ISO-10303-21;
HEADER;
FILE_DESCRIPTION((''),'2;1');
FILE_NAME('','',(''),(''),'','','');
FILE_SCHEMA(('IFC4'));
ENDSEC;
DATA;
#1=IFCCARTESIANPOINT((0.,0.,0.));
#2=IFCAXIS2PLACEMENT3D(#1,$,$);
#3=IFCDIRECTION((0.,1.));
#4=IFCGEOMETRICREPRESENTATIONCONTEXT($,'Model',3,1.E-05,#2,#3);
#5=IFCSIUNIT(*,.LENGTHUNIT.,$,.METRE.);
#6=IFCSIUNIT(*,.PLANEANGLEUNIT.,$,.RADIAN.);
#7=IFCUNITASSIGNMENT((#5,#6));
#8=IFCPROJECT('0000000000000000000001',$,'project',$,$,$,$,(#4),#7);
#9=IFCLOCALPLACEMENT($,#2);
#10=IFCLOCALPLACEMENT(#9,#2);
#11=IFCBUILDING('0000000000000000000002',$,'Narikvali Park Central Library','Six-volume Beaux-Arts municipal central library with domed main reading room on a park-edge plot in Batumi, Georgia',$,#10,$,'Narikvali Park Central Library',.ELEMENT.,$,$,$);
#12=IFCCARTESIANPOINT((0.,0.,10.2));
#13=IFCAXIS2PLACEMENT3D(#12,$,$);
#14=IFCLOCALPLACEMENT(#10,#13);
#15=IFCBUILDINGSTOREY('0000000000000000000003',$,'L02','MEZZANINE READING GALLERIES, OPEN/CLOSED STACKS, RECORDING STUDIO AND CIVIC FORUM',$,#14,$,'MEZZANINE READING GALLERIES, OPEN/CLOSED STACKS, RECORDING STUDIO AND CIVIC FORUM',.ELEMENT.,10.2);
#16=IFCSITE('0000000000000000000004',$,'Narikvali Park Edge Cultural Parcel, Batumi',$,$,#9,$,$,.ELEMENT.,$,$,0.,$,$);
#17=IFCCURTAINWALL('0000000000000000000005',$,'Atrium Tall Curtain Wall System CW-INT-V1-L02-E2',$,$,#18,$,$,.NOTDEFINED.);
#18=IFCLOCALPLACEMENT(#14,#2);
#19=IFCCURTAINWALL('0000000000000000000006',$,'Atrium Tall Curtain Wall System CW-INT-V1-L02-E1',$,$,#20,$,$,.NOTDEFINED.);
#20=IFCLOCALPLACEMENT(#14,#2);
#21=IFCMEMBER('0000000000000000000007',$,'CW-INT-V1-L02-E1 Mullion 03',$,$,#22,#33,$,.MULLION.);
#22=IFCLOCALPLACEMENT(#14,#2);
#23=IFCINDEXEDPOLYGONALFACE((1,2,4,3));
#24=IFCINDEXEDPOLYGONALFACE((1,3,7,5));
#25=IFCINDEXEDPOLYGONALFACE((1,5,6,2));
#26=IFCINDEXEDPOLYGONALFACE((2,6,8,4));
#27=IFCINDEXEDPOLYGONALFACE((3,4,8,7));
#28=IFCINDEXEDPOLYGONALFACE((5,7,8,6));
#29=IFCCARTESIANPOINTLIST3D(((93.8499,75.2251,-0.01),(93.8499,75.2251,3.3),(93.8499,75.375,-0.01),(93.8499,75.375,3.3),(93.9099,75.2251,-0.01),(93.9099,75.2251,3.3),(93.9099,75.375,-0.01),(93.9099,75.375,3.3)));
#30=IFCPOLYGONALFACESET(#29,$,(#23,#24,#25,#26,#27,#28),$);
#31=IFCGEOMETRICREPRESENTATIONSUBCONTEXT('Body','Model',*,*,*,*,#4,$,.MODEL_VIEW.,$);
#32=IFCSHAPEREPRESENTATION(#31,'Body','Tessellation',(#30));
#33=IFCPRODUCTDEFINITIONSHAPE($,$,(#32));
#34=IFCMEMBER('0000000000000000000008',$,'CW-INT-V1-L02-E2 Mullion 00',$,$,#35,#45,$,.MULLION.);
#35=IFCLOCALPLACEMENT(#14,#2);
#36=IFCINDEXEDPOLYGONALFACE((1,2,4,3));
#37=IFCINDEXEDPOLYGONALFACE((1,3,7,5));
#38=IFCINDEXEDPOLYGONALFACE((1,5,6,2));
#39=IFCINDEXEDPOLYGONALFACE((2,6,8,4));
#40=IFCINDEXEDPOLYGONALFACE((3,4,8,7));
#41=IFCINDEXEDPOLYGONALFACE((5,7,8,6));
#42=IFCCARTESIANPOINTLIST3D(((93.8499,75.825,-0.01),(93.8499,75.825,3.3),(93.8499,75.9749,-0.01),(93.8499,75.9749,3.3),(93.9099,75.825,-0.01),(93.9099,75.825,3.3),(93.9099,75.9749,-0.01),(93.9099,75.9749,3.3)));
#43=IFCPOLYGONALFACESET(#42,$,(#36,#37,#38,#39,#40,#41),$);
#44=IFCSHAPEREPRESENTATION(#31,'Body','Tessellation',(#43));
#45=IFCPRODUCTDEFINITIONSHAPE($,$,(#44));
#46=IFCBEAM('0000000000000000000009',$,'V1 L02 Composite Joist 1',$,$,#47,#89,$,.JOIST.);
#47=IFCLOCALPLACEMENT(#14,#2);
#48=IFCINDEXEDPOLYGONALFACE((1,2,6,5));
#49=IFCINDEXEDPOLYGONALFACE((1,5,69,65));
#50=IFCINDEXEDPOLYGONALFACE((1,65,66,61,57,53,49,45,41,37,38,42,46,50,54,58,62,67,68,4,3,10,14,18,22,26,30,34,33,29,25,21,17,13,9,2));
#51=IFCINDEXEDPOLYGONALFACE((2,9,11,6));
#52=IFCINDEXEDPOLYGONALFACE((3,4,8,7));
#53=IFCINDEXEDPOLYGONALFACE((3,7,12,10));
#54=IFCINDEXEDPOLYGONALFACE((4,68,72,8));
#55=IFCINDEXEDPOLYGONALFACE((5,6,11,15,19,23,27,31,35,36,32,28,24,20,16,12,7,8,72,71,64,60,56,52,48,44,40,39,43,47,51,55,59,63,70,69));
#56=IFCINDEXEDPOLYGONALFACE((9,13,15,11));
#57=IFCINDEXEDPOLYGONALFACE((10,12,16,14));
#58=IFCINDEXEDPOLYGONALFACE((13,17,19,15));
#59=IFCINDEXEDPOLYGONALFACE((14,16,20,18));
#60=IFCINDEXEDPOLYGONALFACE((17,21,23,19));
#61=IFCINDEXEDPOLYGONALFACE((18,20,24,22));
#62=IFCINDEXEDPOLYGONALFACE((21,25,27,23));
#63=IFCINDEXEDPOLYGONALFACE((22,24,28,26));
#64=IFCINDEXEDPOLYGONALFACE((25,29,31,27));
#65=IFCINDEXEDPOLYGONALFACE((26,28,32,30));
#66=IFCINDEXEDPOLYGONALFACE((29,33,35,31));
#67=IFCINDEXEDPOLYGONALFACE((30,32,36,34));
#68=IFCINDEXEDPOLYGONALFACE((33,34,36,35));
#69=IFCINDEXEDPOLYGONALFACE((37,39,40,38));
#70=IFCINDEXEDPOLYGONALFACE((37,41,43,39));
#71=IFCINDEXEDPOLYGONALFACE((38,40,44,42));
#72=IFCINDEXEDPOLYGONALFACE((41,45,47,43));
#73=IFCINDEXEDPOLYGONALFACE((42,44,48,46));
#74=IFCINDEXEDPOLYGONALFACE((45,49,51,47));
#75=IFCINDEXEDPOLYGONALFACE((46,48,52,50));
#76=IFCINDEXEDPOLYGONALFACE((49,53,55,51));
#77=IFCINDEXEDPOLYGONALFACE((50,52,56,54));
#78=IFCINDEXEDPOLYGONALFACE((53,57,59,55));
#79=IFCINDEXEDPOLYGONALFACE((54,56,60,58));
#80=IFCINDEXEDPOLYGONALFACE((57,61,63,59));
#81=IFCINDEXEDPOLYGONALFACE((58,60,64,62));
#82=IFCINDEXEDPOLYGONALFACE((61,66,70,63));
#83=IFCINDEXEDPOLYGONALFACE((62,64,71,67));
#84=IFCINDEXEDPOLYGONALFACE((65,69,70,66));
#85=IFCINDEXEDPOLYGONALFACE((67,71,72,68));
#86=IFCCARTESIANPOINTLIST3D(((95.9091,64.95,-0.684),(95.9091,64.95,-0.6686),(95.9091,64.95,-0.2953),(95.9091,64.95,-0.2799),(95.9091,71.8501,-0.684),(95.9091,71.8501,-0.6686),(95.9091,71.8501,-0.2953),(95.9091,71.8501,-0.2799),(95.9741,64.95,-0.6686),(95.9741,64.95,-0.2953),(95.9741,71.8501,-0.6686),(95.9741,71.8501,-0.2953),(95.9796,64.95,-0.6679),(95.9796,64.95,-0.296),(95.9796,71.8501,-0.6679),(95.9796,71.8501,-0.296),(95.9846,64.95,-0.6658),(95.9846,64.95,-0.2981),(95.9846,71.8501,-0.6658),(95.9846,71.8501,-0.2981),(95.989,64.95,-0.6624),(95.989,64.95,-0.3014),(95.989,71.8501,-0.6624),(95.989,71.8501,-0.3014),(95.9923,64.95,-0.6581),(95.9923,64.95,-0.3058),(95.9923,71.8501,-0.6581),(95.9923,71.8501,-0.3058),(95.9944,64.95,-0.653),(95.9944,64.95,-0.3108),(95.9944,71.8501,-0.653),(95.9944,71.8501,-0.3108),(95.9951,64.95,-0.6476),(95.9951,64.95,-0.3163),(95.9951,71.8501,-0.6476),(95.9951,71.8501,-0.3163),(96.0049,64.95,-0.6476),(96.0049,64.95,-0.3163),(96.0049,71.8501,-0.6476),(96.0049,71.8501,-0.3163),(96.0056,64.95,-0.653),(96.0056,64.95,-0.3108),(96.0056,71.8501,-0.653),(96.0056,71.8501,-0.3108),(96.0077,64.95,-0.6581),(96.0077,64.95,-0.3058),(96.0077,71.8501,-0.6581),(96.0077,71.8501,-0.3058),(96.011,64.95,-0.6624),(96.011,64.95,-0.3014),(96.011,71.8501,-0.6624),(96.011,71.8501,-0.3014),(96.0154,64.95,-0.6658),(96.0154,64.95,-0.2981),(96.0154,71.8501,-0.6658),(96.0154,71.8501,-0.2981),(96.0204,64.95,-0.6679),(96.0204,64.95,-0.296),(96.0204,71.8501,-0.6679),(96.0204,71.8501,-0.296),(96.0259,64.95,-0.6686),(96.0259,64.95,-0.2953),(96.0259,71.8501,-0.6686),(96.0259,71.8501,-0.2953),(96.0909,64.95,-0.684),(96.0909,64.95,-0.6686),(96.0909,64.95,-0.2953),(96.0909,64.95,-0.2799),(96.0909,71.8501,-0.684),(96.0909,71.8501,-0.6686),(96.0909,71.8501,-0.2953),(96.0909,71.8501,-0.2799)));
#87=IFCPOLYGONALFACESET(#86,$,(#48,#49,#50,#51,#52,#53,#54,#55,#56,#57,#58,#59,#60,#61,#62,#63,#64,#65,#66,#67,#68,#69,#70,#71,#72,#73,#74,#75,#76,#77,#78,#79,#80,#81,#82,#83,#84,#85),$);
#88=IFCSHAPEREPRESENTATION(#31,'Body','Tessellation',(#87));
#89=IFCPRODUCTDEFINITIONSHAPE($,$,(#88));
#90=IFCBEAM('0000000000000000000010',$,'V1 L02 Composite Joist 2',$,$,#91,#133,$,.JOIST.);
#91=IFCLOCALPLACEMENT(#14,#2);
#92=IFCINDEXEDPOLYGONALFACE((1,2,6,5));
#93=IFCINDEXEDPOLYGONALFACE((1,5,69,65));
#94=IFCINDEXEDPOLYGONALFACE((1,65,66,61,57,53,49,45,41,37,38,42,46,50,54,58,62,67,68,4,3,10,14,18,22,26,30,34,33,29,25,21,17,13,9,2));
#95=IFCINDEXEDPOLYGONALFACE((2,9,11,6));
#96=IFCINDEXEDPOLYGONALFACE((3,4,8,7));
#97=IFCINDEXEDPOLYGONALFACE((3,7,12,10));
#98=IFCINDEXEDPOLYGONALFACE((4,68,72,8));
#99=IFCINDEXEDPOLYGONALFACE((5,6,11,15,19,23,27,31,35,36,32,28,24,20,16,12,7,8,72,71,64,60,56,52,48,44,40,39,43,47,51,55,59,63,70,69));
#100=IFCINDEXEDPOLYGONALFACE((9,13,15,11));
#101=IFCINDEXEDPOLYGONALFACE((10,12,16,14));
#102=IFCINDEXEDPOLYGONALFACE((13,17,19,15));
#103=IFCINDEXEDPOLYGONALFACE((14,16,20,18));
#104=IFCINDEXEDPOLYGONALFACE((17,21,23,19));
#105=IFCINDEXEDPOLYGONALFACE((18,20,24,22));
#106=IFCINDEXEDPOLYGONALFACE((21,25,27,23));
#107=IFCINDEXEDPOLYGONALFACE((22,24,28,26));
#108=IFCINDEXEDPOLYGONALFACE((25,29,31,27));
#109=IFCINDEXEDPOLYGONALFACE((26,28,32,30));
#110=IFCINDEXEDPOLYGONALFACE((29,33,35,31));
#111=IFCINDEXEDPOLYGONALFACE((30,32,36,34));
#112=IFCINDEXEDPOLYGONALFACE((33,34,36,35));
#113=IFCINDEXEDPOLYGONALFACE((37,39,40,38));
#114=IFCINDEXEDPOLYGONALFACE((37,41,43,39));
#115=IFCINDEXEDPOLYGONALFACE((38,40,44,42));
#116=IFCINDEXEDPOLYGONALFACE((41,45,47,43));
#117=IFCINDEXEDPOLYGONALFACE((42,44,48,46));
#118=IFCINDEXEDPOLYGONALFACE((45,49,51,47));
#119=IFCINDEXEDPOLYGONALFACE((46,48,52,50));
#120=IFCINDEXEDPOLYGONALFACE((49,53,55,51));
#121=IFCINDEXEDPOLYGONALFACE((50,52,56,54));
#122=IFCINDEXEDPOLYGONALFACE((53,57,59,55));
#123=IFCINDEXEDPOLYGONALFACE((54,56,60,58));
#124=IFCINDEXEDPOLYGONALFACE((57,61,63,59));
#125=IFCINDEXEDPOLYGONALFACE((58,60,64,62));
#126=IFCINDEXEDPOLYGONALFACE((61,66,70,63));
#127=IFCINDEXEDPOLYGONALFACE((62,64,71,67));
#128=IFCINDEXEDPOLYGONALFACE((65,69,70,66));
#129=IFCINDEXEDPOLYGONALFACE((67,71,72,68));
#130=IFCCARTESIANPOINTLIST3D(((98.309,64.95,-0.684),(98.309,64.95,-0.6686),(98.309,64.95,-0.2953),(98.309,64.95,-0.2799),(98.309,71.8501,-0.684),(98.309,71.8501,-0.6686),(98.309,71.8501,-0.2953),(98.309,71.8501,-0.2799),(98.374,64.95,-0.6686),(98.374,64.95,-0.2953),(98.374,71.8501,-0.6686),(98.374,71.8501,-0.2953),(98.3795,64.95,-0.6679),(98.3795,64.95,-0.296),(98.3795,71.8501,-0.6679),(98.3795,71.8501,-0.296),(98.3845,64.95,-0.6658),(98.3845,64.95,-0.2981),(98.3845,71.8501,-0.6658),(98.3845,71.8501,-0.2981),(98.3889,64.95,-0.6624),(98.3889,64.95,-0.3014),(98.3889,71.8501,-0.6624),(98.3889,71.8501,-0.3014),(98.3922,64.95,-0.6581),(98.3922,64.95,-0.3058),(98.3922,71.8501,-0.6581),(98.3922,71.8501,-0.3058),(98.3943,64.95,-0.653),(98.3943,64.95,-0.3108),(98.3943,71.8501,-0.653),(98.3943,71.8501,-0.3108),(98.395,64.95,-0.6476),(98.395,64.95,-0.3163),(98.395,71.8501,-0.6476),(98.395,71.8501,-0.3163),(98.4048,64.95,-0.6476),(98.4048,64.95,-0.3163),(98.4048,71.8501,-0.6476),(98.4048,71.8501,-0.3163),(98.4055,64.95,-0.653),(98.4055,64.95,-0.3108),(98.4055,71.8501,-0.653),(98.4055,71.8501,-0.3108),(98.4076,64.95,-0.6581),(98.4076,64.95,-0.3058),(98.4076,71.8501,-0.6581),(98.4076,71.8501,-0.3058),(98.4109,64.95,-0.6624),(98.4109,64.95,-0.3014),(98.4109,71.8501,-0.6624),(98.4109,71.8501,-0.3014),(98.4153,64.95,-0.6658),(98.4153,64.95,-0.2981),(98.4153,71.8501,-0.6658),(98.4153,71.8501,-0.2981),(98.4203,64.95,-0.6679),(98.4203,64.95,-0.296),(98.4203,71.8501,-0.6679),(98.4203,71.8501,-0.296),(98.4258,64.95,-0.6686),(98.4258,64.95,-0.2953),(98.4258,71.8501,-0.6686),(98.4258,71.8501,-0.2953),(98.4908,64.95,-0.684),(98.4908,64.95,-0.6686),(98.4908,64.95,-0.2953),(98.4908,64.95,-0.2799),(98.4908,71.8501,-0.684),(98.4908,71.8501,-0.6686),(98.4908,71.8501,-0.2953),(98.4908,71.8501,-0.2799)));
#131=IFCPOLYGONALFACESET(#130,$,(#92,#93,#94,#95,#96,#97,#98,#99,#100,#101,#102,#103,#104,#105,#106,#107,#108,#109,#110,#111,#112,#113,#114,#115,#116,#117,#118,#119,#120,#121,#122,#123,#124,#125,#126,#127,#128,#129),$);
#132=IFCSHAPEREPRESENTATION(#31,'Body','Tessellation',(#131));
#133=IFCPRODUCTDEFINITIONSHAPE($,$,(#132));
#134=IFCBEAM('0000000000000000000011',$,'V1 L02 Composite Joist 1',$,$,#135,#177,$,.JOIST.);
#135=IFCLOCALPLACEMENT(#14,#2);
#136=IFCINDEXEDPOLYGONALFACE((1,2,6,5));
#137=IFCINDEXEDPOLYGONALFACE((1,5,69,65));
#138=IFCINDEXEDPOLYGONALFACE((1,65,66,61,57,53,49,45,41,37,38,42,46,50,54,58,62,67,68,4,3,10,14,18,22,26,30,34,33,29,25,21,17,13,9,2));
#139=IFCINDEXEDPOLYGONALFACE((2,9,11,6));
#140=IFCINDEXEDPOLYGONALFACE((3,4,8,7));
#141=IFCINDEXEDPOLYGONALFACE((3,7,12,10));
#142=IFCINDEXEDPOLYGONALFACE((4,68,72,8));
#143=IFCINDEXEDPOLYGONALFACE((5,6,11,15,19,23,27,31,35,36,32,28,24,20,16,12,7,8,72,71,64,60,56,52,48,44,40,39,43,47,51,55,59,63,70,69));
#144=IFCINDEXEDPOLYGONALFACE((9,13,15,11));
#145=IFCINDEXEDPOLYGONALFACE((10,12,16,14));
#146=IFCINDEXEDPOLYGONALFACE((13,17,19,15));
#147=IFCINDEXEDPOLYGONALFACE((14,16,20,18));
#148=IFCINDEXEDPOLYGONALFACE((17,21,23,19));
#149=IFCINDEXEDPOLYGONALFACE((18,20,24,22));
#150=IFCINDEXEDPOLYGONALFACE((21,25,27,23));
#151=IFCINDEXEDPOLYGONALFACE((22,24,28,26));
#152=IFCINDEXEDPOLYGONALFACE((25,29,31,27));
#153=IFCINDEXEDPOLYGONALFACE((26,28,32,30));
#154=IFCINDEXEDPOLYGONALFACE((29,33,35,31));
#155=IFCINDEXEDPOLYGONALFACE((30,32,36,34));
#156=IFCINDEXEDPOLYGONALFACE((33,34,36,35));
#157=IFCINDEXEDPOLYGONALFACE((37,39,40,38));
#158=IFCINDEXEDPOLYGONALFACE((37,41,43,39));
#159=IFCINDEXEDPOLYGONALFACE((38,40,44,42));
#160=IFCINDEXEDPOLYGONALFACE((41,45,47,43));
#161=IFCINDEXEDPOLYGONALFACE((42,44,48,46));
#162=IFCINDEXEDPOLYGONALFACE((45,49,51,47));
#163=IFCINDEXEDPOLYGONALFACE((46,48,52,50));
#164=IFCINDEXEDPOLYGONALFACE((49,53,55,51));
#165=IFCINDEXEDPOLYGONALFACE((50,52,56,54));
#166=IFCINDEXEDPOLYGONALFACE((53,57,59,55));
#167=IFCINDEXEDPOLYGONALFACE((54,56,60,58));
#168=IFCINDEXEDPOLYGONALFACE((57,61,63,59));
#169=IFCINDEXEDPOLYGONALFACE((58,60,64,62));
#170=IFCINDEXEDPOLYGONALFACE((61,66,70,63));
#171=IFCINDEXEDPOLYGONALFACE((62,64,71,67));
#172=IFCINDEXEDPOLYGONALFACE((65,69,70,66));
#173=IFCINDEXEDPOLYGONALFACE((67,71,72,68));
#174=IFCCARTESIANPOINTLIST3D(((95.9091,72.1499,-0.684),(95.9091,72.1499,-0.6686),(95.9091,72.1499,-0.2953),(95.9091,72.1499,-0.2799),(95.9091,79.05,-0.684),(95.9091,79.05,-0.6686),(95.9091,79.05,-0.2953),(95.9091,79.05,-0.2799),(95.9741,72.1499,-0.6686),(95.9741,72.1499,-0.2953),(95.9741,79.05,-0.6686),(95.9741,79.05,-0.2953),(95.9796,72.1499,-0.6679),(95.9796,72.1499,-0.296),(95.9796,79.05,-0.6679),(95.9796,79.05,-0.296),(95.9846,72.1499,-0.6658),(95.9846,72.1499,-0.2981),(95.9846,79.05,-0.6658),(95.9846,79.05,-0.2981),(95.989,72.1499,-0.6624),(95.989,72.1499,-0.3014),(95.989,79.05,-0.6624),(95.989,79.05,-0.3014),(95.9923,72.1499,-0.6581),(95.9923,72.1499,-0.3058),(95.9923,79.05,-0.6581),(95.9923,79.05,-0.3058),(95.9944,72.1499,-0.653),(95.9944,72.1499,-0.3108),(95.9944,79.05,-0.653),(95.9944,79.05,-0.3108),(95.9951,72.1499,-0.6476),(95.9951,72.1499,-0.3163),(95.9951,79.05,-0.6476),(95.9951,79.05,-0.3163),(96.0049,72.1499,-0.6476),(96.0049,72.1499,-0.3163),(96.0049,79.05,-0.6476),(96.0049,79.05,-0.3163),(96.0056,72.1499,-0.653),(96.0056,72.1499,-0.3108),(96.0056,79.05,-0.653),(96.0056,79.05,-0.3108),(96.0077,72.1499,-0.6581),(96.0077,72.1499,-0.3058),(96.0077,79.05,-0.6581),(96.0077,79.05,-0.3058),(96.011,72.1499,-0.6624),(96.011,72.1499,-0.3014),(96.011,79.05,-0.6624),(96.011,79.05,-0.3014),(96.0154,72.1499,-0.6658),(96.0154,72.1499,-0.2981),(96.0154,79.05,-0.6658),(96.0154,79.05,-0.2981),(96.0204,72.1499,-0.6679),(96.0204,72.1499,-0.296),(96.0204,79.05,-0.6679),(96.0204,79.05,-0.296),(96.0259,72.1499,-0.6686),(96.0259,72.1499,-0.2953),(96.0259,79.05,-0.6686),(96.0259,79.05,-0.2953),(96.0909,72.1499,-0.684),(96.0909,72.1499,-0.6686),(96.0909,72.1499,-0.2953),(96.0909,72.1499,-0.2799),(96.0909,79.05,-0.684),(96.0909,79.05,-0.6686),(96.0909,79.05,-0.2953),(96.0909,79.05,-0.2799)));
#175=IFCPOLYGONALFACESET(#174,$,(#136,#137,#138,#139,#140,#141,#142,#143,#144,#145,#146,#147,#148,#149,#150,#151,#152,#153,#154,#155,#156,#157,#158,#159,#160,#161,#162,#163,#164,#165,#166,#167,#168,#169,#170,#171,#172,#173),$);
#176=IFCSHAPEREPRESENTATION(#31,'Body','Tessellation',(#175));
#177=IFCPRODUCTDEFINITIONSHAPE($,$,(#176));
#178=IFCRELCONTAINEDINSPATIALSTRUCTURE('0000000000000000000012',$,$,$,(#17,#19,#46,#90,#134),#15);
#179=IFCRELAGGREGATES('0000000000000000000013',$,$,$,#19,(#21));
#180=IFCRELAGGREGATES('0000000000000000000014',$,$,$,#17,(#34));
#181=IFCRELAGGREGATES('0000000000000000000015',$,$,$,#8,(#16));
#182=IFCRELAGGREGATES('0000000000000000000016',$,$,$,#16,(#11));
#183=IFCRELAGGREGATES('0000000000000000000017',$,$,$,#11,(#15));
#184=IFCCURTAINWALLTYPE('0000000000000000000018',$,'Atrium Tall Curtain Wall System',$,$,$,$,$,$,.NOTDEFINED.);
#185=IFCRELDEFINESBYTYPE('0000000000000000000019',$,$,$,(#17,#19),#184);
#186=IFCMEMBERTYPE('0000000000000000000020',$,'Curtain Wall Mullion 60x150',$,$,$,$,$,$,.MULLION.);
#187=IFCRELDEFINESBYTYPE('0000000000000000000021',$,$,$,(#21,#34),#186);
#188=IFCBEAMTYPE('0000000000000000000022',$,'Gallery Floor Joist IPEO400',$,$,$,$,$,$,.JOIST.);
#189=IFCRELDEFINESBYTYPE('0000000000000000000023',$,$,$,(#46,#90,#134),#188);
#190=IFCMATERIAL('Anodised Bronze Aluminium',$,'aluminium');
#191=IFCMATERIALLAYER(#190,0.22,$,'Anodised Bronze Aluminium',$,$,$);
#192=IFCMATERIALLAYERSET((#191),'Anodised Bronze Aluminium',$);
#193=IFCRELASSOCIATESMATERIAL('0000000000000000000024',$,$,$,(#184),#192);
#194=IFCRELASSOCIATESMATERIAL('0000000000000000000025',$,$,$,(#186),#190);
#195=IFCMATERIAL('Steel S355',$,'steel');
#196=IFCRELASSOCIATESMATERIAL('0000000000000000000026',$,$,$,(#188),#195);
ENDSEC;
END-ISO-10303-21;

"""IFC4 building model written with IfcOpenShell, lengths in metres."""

from ifc_helpers import new_model, si_unit, direction, frame, origin, origin_2d, place, context, subcontext, project, spatial, rectangle, i_section, extrude, material, layer, layer_set, material_profile, profile_set, type_object, element, aggregate, save


model = new_model("IFC4")

# Units and contexts
model_context = context("Model", 3, precision=1e-05, world=origin(), true_north=direction((0.0, 1.0)))
body_context = subcontext(model_context, "Body", "Model", "MODEL_VIEW")
ifc_project = project(units=[si_unit("LENGTHUNIT", "METRE"), si_unit("PLANEANGLEUNIT", "RADIAN")], contexts=[model_context])

# Site, building, storey
site_placement = place(None, origin())
site = spatial("IfcSite", under=ifc_project, at=site_placement, Name="Narikvali Park Edge Cultural Parcel, Batumi", CompositionType="ELEMENT", RefElevation=0.0)
building_placement = place(site_placement, origin())
building = spatial("IfcBuilding", under=site, at=building_placement, Name="Narikvali Park Central Library", Description="Six-volume Beaux-Arts municipal central library with domed main reading room on a park-edge plot in Batumi, Georgia", LongName="Narikvali Park Central Library", CompositionType="ELEMENT")
storey_placement = place(building_placement, frame((0.0, 0.0, 10.2)))
storey = spatial("IfcBuildingStorey", under=building, at=storey_placement, Name="L02", Description="MEZZANINE READING GALLERIES, OPEN/CLOSED STACKS, RECORDING STUDIO AND CIVIC FORUM", LongName="MEZZANINE READING GALLERIES, OPEN/CLOSED STACKS, RECORDING STUDIO AND CIVIC FORUM", CompositionType="ELEMENT", Elevation=10.2)

# Shared definitions
ifc_material_1 = material(Name="Steel S355", Category="steel")

# Curtain walls, member
ifc_material_2 = material(Name="Anodised Bronze Aluminium", Category="aluminium")
ifc_layer_1 = layer(ifc_material_2, 0.22, Name="Anodised Bronze Aluminium")
ifc_layer_set_1 = layer_set([ifc_layer_1], Name="Anodised Bronze Aluminium")
curtain_wall_type = type_object("IfcCurtainWallType", Name="Atrium Tall Curtain Wall System", PredefinedType="NOTDEFINED", material=ifc_layer_set_1)
curtain_wall_1_placement = place(storey_placement, origin())
curtain_wall_1 = element("IfcCurtainWall", 1, at=curtain_wall_1_placement, inside=storey, type_object=curtain_wall_type, Name="Atrium Tall Curtain Wall System CW-INT-V1-L02-E2", PredefinedType="NOTDEFINED")
curtain_wall_2_placement = place(storey_placement, origin())
curtain_wall_2 = element("IfcCurtainWall", 2, at=curtain_wall_2_placement, inside=storey, type_object=curtain_wall_type, Name="Atrium Tall Curtain Wall System CW-INT-V1-L02-E1", PredefinedType="NOTDEFINED")
ifc_material_profile_1 = material_profile(ifc_material_2, rectangle(XDim=0.0601, YDim=0.1499, at=origin_2d()), Name="CW MULLION 60x150")
ifc_profile_set_1 = profile_set([ifc_material_profile_1], Name="Anodised Bronze Aluminium")
member_type_1 = type_object("IfcMemberType", Name="Curtain Wall Mullion 60x150", PredefinedType="MULLION", material=ifc_profile_set_1)
member_1_placement = place(storey_placement, frame((93.8799, 75.3, -0.01), z_axis=(0.0, 0.0, 1.0), x_axis=(1.0, 0.0, 0.0)))
member_1 = element("IfcMember", 3, at=member_1_placement, type_object=member_type_1, Name="CW-INT-V1-L02-E1 Mullion 03", PredefinedType="MULLION", context=body_context, shape_type="SweptSolid", body=[
    extrude(rectangle(XDim=0.0601, YDim=0.1499, at=origin_2d()), origin(), (0.0, 0.0, 1.0), 3.3101),
])

# Member
member_2_placement = place(storey_placement, frame((93.8799, 75.8999, -0.01), z_axis=(0.0, 0.0, 1.0), x_axis=(1.0, 0.0, 0.0)))
member_2 = element("IfcMember", 4, at=member_2_placement, type_object=member_type_1, Name="CW-INT-V1-L02-E2 Mullion 00", PredefinedType="MULLION", context=body_context, shape_type="SweptSolid", body=[
    extrude(rectangle(XDim=0.0601, YDim=0.1499, at=origin_2d()), origin(), (0.0, 0.0, 1.0), 3.3101),
])

# Beams
ifc_material_profile_2 = material_profile(ifc_material_1, i_section(OverallWidth=0.1819, OverallDepth=0.4041, WebThickness=0.0098, FlangeThickness=0.0154, FilletRadius=0.021, at=origin_2d()), Name="IPEO 400")
ifc_profile_set_2 = profile_set([ifc_material_profile_2], Name="Steel S355")
beam_type_1 = type_object("IfcBeamType", Name="Gallery Floor Joist IPEO400", PredefinedType="JOIST", material=ifc_profile_set_2)
for number, where, z_axis, x_axis, name in (
    (5, (96.0, 64.95, -0.4819), (0.0, 1.0, 0.0), (-1.0, 0.0, 0.0), "V1 L02 Composite Joist 1"),
    (6, (98.3999, 64.95, -0.4819), (0.0, 1.0, 0.0), (-1.0, 0.0, 0.0), "V1 L02 Composite Joist 2"),
    (7, (96.0, 72.1499, -0.4819), (0.0, 1.0, 0.0), (-1.0, 0.0, 0.0), "V1 L02 Composite Joist 1"),
):
    element("IfcBeam", number, at=place(storey_placement, frame(where, z_axis=z_axis, x_axis=x_axis)), inside=storey, type_object=beam_type_1, Name=name, PredefinedType="JOIST", context=body_context, shape_type="SweptSolid", body=[
        extrude(i_section(OverallWidth=0.1819, OverallDepth=0.4041, WebThickness=0.0098, FlangeThickness=0.0154, FilletRadius=0.021, at=origin_2d()), origin(), (0.0, 0.0, 1.0), 6.9001),
    ])

aggregate(curtain_wall_2, [member_1])
aggregate(curtain_wall_1, [member_2])

save(model, "model.ifc")
